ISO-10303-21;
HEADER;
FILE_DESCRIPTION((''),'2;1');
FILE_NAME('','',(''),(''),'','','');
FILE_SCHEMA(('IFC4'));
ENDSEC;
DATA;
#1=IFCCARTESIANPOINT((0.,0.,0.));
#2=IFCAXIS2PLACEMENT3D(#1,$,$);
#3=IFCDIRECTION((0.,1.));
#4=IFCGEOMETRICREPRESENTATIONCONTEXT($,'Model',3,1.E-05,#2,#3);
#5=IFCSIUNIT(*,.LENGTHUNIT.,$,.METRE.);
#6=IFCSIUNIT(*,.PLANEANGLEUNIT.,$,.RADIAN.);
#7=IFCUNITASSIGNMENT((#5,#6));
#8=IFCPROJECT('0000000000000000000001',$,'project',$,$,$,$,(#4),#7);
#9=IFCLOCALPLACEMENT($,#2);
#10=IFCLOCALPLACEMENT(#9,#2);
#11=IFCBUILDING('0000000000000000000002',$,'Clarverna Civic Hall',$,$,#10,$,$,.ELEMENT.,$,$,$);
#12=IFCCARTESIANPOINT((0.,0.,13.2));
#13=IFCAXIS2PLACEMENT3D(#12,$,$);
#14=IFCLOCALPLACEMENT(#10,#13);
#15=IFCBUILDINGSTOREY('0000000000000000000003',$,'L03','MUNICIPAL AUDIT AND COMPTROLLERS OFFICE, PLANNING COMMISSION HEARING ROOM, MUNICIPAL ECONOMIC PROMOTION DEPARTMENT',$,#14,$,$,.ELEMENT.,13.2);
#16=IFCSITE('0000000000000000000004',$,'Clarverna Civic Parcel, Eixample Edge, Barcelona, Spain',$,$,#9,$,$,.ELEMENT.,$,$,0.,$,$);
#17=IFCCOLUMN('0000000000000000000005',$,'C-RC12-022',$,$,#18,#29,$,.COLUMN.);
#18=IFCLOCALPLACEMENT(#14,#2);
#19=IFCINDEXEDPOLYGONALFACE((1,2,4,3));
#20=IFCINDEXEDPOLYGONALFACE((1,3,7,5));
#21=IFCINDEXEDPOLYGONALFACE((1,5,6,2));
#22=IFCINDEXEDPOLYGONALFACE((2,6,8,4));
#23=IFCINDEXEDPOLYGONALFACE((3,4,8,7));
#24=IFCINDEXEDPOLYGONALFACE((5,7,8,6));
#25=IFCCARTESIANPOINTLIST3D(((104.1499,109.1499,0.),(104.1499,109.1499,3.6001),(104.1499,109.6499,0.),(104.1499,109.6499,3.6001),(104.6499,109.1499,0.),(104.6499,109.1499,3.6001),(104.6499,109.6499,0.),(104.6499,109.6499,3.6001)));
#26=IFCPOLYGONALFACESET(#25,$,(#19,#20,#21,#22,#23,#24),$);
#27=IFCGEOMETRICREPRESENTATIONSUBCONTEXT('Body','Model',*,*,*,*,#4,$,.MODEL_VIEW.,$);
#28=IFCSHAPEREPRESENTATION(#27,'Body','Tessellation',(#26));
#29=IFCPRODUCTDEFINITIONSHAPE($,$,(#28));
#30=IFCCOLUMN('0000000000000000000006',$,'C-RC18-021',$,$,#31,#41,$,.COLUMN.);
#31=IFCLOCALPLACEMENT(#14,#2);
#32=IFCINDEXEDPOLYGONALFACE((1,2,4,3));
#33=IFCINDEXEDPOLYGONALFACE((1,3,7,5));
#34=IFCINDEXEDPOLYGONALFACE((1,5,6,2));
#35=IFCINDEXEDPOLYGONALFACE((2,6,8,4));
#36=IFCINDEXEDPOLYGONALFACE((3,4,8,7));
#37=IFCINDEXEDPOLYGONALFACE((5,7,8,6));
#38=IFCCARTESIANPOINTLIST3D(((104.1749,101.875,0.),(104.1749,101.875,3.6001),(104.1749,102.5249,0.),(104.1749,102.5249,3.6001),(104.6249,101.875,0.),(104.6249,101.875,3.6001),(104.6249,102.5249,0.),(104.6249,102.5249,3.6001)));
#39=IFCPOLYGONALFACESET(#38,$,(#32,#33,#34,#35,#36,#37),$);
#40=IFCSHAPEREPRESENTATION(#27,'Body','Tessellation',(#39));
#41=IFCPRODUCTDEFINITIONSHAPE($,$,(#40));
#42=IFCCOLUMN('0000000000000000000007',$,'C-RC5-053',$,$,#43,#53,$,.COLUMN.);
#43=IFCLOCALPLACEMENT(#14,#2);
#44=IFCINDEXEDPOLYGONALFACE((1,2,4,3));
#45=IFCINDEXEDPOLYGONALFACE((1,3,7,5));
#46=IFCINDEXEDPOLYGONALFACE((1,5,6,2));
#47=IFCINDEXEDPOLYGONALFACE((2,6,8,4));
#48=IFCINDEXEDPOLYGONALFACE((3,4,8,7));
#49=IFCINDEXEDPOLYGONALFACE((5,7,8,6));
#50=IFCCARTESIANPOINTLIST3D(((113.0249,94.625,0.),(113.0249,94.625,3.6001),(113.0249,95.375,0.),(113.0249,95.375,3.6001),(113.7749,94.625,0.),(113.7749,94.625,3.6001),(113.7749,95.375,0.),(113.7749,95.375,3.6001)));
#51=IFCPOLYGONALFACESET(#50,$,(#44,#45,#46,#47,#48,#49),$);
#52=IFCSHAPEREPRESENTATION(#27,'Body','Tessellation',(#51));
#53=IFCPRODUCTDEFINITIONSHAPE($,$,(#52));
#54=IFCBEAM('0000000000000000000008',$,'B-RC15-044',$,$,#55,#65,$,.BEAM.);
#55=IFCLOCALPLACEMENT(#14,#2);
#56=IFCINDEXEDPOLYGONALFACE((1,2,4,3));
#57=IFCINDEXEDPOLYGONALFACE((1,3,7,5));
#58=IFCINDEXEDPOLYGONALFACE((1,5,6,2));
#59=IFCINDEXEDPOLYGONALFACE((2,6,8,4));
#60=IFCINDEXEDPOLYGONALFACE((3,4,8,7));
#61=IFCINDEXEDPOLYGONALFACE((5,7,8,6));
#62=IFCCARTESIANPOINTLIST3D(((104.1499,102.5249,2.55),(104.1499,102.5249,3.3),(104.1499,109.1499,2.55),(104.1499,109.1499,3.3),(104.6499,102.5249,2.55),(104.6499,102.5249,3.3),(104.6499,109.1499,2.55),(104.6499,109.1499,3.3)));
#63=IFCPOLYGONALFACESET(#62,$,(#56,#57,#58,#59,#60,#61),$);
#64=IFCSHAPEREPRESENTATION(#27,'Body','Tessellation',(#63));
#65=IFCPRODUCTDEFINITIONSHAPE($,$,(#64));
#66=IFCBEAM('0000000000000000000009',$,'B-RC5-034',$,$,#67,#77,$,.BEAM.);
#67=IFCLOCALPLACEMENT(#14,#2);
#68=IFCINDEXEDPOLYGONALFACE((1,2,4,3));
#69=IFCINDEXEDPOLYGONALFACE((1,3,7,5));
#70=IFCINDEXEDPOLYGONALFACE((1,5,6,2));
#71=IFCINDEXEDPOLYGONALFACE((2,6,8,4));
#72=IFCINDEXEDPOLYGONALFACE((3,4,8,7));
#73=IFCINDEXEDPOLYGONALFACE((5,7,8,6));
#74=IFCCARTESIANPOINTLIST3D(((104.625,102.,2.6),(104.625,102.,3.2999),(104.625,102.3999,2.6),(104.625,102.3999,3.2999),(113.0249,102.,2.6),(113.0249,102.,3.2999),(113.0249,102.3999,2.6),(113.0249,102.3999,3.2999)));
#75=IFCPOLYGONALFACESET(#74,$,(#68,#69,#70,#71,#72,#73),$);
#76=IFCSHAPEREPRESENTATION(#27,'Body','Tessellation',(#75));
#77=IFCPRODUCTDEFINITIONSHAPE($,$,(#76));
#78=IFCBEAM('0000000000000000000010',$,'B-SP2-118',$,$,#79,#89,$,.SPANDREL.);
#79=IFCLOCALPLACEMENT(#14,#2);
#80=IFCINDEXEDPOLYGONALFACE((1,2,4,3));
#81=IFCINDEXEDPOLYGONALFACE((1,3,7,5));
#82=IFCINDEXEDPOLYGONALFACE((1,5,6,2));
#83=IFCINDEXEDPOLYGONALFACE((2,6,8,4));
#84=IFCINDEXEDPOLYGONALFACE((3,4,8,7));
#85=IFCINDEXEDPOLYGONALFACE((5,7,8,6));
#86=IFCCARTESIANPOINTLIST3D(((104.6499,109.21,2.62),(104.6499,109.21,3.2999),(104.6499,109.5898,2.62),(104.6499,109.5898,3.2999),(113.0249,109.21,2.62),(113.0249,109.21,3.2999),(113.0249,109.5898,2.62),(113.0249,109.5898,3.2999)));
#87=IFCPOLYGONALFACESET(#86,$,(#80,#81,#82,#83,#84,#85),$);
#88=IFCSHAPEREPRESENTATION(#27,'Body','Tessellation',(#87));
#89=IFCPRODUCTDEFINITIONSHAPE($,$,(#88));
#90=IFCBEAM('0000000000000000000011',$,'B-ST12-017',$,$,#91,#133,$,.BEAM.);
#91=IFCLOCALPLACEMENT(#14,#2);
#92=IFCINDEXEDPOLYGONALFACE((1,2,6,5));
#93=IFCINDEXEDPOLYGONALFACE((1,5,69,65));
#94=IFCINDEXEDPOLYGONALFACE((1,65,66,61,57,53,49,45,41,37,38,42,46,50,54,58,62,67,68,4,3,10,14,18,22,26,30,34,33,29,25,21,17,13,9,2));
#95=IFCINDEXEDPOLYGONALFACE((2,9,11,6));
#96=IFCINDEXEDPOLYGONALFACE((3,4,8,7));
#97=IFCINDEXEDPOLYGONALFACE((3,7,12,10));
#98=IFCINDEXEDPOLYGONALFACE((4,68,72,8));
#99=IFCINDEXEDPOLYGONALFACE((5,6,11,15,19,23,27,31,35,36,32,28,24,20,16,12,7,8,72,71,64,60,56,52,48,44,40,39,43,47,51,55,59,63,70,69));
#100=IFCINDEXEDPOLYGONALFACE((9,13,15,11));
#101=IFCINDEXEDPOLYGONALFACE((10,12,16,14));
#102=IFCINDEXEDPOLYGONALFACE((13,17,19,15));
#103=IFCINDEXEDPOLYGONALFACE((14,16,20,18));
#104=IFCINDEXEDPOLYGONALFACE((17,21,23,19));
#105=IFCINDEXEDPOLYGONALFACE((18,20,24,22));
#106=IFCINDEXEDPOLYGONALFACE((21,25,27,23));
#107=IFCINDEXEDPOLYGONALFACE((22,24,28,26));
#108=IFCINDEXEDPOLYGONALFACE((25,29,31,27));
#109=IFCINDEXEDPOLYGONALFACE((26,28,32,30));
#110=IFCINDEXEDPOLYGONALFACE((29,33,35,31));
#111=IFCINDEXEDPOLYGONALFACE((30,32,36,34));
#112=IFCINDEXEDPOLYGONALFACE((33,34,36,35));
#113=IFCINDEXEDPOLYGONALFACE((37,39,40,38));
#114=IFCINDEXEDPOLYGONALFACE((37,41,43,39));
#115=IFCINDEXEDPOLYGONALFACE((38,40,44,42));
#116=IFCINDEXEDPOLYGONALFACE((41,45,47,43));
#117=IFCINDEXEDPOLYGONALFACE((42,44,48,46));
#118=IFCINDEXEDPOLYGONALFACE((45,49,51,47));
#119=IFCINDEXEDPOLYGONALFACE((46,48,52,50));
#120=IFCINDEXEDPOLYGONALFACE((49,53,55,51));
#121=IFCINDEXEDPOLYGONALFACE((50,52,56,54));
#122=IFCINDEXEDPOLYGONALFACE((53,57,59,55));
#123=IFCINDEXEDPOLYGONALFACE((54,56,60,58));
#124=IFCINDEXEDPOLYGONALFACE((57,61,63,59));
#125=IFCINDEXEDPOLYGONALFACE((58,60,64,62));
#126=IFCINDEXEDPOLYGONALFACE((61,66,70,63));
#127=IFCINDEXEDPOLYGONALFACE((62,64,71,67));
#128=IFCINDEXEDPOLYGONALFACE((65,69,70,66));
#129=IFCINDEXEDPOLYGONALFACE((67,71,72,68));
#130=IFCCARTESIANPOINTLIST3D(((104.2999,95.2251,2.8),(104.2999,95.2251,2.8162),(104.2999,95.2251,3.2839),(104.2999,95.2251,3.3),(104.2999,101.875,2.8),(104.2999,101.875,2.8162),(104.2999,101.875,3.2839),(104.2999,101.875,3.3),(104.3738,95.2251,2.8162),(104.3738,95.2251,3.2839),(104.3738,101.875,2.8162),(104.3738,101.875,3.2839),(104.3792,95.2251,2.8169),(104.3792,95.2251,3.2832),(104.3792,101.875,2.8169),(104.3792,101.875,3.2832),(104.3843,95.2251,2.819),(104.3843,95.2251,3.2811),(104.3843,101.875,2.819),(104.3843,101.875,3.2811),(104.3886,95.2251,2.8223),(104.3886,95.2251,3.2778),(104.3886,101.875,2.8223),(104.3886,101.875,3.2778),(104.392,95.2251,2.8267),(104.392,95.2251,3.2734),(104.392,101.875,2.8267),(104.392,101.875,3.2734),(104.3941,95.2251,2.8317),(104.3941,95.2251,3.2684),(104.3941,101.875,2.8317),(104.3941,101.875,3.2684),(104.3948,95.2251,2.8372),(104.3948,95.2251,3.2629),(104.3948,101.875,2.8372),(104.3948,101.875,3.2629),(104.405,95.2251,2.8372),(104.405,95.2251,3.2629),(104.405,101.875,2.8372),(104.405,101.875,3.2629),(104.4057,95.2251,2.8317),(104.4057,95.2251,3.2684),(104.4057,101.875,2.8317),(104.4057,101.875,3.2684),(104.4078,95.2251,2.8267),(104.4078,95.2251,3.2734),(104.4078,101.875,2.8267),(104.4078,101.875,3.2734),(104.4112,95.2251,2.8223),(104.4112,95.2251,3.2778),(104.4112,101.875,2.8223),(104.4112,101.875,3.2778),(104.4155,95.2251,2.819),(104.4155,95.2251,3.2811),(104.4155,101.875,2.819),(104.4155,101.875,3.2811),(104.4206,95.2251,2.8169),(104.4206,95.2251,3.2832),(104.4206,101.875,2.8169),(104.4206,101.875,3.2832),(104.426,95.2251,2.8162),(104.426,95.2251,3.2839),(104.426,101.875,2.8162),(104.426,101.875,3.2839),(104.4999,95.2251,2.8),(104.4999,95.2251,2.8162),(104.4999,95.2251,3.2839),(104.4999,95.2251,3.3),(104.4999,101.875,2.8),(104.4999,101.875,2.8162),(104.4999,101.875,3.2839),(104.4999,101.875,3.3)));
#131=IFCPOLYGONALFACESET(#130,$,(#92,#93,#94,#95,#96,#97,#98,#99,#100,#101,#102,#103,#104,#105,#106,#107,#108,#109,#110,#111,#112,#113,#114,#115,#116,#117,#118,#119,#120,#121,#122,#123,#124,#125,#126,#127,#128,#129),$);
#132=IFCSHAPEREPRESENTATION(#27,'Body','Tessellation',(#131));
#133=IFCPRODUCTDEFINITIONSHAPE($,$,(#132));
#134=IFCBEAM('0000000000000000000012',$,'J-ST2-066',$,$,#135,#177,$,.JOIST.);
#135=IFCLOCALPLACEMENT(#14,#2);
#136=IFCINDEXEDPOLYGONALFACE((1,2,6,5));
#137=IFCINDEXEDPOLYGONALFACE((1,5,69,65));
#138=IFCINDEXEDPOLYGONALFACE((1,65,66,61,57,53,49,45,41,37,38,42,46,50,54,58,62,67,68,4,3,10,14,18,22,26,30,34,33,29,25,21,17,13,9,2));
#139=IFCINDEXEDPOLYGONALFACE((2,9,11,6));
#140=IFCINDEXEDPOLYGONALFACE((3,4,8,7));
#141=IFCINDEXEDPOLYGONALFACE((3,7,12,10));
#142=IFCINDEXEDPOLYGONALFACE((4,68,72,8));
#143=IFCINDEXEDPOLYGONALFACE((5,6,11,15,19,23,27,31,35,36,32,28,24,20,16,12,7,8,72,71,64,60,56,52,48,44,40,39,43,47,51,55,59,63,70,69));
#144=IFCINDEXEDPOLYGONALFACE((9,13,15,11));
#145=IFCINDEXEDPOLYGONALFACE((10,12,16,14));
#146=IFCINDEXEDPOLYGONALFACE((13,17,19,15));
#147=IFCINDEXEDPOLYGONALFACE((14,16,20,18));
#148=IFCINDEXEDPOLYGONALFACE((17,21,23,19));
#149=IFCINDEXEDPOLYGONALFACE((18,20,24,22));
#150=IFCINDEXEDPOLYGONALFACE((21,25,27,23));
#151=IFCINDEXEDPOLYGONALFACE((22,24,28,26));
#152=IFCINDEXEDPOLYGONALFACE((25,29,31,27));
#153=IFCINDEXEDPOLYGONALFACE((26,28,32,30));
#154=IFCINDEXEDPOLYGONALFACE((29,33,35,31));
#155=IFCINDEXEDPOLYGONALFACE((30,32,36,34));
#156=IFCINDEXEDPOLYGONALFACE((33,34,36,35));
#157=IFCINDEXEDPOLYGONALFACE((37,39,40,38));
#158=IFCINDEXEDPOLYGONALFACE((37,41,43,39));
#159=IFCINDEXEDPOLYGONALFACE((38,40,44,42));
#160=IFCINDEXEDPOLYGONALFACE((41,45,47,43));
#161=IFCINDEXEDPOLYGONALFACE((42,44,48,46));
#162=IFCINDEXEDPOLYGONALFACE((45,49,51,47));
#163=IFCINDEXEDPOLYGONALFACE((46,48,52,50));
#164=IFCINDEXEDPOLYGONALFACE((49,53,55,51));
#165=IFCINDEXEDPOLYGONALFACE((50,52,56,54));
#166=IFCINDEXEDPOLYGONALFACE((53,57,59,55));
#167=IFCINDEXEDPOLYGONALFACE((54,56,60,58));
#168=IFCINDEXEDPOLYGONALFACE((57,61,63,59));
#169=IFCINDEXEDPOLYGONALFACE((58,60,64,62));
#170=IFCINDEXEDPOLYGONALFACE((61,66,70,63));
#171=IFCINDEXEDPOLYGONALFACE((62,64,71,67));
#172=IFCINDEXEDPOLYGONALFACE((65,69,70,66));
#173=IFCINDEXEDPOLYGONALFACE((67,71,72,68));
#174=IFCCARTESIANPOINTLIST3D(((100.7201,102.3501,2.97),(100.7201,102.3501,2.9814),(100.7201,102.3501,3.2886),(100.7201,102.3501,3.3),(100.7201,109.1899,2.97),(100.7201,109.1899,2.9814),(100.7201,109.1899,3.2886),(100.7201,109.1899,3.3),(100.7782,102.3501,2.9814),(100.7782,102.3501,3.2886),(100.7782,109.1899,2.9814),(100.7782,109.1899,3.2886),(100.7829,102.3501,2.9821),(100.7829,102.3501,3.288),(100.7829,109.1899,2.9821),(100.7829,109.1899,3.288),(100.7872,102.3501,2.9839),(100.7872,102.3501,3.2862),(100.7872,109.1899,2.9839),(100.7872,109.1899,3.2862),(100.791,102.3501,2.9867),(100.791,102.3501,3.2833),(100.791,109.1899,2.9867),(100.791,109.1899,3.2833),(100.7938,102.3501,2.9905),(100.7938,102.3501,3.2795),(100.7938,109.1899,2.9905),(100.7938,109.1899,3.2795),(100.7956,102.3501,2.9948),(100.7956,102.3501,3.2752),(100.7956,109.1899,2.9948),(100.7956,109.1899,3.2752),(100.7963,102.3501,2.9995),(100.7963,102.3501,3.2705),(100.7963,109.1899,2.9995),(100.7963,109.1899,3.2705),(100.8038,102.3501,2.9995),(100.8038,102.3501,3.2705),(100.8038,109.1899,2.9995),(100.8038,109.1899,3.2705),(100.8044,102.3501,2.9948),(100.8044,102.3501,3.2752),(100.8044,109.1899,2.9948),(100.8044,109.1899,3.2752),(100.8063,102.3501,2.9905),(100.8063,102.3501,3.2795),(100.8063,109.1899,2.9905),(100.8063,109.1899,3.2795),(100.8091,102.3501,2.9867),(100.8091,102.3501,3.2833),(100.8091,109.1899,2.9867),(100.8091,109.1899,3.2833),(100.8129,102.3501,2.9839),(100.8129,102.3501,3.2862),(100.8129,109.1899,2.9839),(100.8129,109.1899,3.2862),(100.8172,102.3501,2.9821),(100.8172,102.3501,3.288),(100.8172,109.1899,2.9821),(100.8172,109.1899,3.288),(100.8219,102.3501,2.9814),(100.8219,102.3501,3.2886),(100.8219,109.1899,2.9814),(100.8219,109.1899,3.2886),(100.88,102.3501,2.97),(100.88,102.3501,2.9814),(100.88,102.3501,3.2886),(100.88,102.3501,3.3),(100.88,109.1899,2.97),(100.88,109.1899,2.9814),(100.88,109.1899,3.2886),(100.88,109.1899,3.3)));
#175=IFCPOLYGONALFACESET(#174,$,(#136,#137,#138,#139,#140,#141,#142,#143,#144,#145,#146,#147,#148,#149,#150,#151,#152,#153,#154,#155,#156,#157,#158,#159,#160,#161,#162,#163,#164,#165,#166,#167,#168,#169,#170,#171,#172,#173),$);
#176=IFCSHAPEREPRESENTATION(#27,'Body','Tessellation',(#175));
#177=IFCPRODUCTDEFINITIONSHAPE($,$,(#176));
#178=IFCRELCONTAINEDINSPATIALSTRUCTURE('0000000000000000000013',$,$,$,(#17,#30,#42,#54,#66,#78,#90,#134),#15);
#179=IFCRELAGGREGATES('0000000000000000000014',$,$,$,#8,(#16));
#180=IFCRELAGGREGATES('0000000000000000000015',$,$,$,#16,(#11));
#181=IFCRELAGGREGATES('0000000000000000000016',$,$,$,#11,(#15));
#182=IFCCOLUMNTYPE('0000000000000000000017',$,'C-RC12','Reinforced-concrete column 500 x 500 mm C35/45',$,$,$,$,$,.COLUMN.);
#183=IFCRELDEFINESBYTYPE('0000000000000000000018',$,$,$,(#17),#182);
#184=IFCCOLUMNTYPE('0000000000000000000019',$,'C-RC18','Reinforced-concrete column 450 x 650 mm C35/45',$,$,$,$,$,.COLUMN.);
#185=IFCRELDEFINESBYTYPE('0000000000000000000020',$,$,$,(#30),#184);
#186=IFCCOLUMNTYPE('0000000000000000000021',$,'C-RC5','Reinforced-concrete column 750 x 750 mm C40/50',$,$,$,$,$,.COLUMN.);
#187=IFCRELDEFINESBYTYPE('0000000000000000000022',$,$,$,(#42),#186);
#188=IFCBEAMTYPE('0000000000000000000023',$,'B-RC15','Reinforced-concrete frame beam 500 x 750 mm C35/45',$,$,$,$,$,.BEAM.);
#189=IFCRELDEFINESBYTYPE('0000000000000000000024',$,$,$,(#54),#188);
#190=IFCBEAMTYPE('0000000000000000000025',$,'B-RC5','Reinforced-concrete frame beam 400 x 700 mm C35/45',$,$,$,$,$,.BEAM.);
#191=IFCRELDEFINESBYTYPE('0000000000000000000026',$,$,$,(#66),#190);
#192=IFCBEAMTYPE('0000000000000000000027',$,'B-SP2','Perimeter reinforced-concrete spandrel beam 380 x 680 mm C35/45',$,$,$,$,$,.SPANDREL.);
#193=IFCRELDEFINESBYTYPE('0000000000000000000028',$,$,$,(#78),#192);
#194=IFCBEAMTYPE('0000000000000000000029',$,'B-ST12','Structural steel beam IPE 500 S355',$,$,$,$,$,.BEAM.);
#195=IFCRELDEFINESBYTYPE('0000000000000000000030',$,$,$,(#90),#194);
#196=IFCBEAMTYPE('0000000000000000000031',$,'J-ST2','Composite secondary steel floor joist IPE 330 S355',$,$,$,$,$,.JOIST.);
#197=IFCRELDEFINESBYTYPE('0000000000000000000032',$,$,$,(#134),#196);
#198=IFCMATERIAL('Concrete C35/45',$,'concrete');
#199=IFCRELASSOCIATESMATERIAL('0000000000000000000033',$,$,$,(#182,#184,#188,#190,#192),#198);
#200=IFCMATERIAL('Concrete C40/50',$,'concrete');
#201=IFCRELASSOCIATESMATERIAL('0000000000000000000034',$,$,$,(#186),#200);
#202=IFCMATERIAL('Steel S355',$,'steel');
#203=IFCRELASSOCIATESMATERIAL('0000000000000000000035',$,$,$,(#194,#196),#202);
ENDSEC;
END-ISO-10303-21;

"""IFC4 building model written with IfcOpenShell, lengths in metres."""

from ifc_helpers import new_model, si_unit, direction, frame, origin, origin_2d, place, context, subcontext, project, spatial, rectangle, i_section, extrude, material, material_profile, profile_set, type_object, element, save


model = new_model("IFC4")

# Units and contexts
model_context = context("Model", 3, precision=1e-05, world=origin(), true_north=direction((0.0, 1.0)))
body_context = subcontext(model_context, "Body", "Model", "MODEL_VIEW")
ifc_project = project(units=[si_unit("LENGTHUNIT", "METRE"), si_unit("PLANEANGLEUNIT", "RADIAN")], contexts=[model_context])

# Site, building, storey
site_placement = place(None, origin())
site = spatial("IfcSite", under=ifc_project, at=site_placement, Name="Clarverna Civic Parcel, Eixample Edge, Barcelona, Spain", CompositionType="ELEMENT", RefElevation=0.0)
building_placement = place(site_placement, origin())
building = spatial("IfcBuilding", under=site, at=building_placement, Name="Clarverna Civic Hall", CompositionType="ELEMENT")
storey_placement = place(building_placement, frame((0.0, 0.0, 13.2)))
storey = spatial("IfcBuildingStorey", under=building, at=storey_placement, Name="L03", Description="MUNICIPAL AUDIT AND COMPTROLLERS OFFICE, PLANNING COMMISSION HEARING ROOM, MUNICIPAL ECONOMIC PROMOTION DEPARTMENT", CompositionType="ELEMENT", Elevation=13.2)

# Columns
ifc_material_1 = material(Name="Concrete C35/45", Category="concrete")
ifc_material_profile_1 = material_profile(ifc_material_1, rectangle(XDim=0.5, YDim=0.5, at=origin_2d()), Name="RC 500x500")
ifc_profile_set_1 = profile_set([ifc_material_profile_1], Name="Concrete C35/45")
column_type_1 = type_object("IfcColumnType", Name="C-RC12", Description="Reinforced-concrete column 500 x 500 mm C35/45", PredefinedType="COLUMN", material=ifc_profile_set_1)
column_1_placement = place(storey_placement, frame((104.3999, 109.3999, 0.0), z_axis=(0.0, 0.0, 1.0), x_axis=(1.0, 0.0, 0.0)))
element("IfcColumn", 1, at=column_1_placement, inside=storey, type_object=column_type_1, Name="C-RC12-022", PredefinedType="COLUMN", context=body_context, shape_type="SweptSolid", body=[
    extrude(rectangle(XDim=0.5, YDim=0.5, at=origin_2d()), origin(), (0.0, 0.0, 1.0), 3.6001),
])
ifc_material_profile_2 = material_profile(ifc_material_1, rectangle(XDim=0.45, YDim=0.6499, at=origin_2d()), Name="RC 450x650")
ifc_profile_set_2 = profile_set([ifc_material_profile_2], Name="Concrete C35/45")
column_type_2 = type_object("IfcColumnType", Name="C-RC18", Description="Reinforced-concrete column 450 x 650 mm C35/45", PredefinedType="COLUMN", material=ifc_profile_set_2)
column_2_placement = place(storey_placement, frame((104.3999, 102.2, 0.0), z_axis=(0.0, 0.0, 1.0), x_axis=(1.0, 0.0, 0.0)))
element("IfcColumn", 2, at=column_2_placement, inside=storey, type_object=column_type_2, Name="C-RC18-021", PredefinedType="COLUMN", context=body_context, shape_type="SweptSolid", body=[
    extrude(rectangle(XDim=0.45, YDim=0.6499, at=origin_2d()), origin(), (0.0, 0.0, 1.0), 3.6001),
])
ifc_material_2 = material(Name="Concrete C40/50", Category="concrete")
ifc_material_profile_3 = material_profile(ifc_material_2, rectangle(XDim=0.75, YDim=0.75, at=origin_2d()), Name="RC 750x750")
ifc_profile_set_3 = profile_set([ifc_material_profile_3], Name="Concrete C40/50")
column_type_3 = type_object("IfcColumnType", Name="C-RC5", Description="Reinforced-concrete column 750 x 750 mm C40/50", PredefinedType="COLUMN", material=ifc_profile_set_3)
column_3_placement = place(storey_placement, frame((113.3999, 95.0, 0.0), z_axis=(0.0, 0.0, 1.0), x_axis=(1.0, 0.0, 0.0)))
element("IfcColumn", 3, at=column_3_placement, inside=storey, type_object=column_type_3, Name="C-RC5-053", PredefinedType="COLUMN", context=body_context, shape_type="SweptSolid", body=[
    extrude(rectangle(XDim=0.75, YDim=0.75, at=origin_2d()), origin(), (0.0, 0.0, 1.0), 3.6001),
])

# Beams
ifc_material_profile_4 = material_profile(ifc_material_1, rectangle(XDim=0.5, YDim=0.75, at=origin_2d()), Name="RC 500x750")
ifc_profile_set_4 = profile_set([ifc_material_profile_4], Name="Concrete C35/45")
beam_type_1 = type_object("IfcBeamType", Name="B-RC15", Description="Reinforced-concrete frame beam 500 x 750 mm C35/45", PredefinedType="BEAM", material=ifc_profile_set_4)
beam_1_placement = place(storey_placement, frame((104.3999, 102.5249, 2.925), z_axis=(0.0, 1.0, 0.0), x_axis=(-1.0, 0.0, 0.0)))
element("IfcBeam", 4, at=beam_1_placement, inside=storey, type_object=beam_type_1, Name="B-RC15-044", PredefinedType="BEAM", context=body_context, shape_type="SweptSolid", body=[
    extrude(rectangle(XDim=0.5, YDim=0.75, at=origin_2d()), origin(), (0.0, 0.0, 1.0), 6.625),
])
ifc_material_profile_5 = material_profile(ifc_material_1, rectangle(XDim=0.3999, YDim=0.7, at=origin_2d()), Name="RC 400x700")
ifc_profile_set_5 = profile_set([ifc_material_profile_5], Name="Concrete C35/45")
beam_type_2 = type_object("IfcBeamType", Name="B-RC5", Description="Reinforced-concrete frame beam 400 x 700 mm C35/45", PredefinedType="BEAM", material=ifc_profile_set_5)
beam_2_placement = place(storey_placement, frame((104.625, 102.2, 2.95), z_axis=(1.0, 0.0, 0.0), x_axis=(0.0, 1.0, 0.0)))
element("IfcBeam", 5, at=beam_2_placement, inside=storey, type_object=beam_type_2, Name="B-RC5-034", PredefinedType="BEAM", context=body_context, shape_type="SweptSolid", body=[
    extrude(rectangle(XDim=0.3999, YDim=0.7, at=origin_2d()), origin(), (0.0, 0.0, 1.0), 8.3999),
])
ifc_material_profile_6 = material_profile(ifc_material_1, rectangle(XDim=0.3799, YDim=0.6799, at=origin_2d()), Name="RC 380x680")
ifc_profile_set_6 = profile_set([ifc_material_profile_6], Name="Concrete C35/45")
beam_type_3 = type_object("IfcBeamType", Name="B-SP2", Description="Perimeter reinforced-concrete spandrel beam 380 x 680 mm C35/45", PredefinedType="SPANDREL", material=ifc_profile_set_6)
beam_3_placement = place(storey_placement, frame((104.6499, 109.3999, 2.96), z_axis=(1.0, 0.0, 0.0), x_axis=(0.0, 1.0, 0.0)))
element("IfcBeam", 6, at=beam_3_placement, inside=storey, type_object=beam_type_3, Name="B-SP2-118", PredefinedType="SPANDREL", context=body_context, shape_type="SweptSolid", body=[
    extrude(rectangle(XDim=0.3799, YDim=0.6799, at=origin_2d()), origin(), (0.0, 0.0, 1.0), 8.375),
])
ifc_material_3 = material(Name="Steel S355", Category="steel")
ifc_material_profile_7 = material_profile(ifc_material_3, i_section(OverallWidth=0.2, OverallDepth=0.5, WebThickness=0.0103, FlangeThickness=0.0161, FilletRadius=0.021, at=origin_2d()), Name="IPE 500")
ifc_profile_set_7 = profile_set([ifc_material_profile_7], Name="Steel S355")
beam_type_4 = type_object("IfcBeamType", Name="B-ST12", Description="Structural steel beam IPE 500 S355", PredefinedType="BEAM", material=ifc_profile_set_7)
beam_4_placement = place(storey_placement, frame((104.3999, 95.2251, 3.05), z_axis=(0.0, 1.0, 0.0), x_axis=(-1.0, 0.0, 0.0)))
element("IfcBeam", 7, at=beam_4_placement, inside=storey, type_object=beam_type_4, Name="B-ST12-017", PredefinedType="BEAM", context=body_context, shape_type="SweptSolid", body=[
    extrude(i_section(OverallWidth=0.2, OverallDepth=0.5, WebThickness=0.0103, FlangeThickness=0.0161, FilletRadius=0.021, at=origin_2d()), origin(), (0.0, 0.0, 1.0), 6.6499),
])
ifc_material_profile_8 = material_profile(ifc_material_3, i_section(OverallWidth=0.1599, OverallDepth=0.3301, WebThickness=0.0076, FlangeThickness=0.0115, FilletRadius=0.0181, at=origin_2d()), Name="IPE 330")
ifc_profile_set_8 = profile_set([ifc_material_profile_8], Name="Steel S355")
beam_type_5 = type_object("IfcBeamType", Name="J-ST2", Description="Composite secondary steel floor joist IPE 330 S355", PredefinedType="JOIST", material=ifc_profile_set_8)
beam_5_placement = place(storey_placement, frame((100.8, 102.3501, 3.135), z_axis=(0.0, 1.0, 0.0), x_axis=(-1.0, 0.0, 0.0)))
element("IfcBeam", 8, at=beam_5_placement, inside=storey, type_object=beam_type_5, Name="J-ST2-066", PredefinedType="JOIST", context=body_context, shape_type="SweptSolid", body=[
    extrude(i_section(OverallWidth=0.1599, OverallDepth=0.3301, WebThickness=0.0076, FlangeThickness=0.0115, FilletRadius=0.0181, at=origin_2d()), origin(), (0.0, 0.0, 1.0), 6.8398),
])

save(model, "model.ifc")
